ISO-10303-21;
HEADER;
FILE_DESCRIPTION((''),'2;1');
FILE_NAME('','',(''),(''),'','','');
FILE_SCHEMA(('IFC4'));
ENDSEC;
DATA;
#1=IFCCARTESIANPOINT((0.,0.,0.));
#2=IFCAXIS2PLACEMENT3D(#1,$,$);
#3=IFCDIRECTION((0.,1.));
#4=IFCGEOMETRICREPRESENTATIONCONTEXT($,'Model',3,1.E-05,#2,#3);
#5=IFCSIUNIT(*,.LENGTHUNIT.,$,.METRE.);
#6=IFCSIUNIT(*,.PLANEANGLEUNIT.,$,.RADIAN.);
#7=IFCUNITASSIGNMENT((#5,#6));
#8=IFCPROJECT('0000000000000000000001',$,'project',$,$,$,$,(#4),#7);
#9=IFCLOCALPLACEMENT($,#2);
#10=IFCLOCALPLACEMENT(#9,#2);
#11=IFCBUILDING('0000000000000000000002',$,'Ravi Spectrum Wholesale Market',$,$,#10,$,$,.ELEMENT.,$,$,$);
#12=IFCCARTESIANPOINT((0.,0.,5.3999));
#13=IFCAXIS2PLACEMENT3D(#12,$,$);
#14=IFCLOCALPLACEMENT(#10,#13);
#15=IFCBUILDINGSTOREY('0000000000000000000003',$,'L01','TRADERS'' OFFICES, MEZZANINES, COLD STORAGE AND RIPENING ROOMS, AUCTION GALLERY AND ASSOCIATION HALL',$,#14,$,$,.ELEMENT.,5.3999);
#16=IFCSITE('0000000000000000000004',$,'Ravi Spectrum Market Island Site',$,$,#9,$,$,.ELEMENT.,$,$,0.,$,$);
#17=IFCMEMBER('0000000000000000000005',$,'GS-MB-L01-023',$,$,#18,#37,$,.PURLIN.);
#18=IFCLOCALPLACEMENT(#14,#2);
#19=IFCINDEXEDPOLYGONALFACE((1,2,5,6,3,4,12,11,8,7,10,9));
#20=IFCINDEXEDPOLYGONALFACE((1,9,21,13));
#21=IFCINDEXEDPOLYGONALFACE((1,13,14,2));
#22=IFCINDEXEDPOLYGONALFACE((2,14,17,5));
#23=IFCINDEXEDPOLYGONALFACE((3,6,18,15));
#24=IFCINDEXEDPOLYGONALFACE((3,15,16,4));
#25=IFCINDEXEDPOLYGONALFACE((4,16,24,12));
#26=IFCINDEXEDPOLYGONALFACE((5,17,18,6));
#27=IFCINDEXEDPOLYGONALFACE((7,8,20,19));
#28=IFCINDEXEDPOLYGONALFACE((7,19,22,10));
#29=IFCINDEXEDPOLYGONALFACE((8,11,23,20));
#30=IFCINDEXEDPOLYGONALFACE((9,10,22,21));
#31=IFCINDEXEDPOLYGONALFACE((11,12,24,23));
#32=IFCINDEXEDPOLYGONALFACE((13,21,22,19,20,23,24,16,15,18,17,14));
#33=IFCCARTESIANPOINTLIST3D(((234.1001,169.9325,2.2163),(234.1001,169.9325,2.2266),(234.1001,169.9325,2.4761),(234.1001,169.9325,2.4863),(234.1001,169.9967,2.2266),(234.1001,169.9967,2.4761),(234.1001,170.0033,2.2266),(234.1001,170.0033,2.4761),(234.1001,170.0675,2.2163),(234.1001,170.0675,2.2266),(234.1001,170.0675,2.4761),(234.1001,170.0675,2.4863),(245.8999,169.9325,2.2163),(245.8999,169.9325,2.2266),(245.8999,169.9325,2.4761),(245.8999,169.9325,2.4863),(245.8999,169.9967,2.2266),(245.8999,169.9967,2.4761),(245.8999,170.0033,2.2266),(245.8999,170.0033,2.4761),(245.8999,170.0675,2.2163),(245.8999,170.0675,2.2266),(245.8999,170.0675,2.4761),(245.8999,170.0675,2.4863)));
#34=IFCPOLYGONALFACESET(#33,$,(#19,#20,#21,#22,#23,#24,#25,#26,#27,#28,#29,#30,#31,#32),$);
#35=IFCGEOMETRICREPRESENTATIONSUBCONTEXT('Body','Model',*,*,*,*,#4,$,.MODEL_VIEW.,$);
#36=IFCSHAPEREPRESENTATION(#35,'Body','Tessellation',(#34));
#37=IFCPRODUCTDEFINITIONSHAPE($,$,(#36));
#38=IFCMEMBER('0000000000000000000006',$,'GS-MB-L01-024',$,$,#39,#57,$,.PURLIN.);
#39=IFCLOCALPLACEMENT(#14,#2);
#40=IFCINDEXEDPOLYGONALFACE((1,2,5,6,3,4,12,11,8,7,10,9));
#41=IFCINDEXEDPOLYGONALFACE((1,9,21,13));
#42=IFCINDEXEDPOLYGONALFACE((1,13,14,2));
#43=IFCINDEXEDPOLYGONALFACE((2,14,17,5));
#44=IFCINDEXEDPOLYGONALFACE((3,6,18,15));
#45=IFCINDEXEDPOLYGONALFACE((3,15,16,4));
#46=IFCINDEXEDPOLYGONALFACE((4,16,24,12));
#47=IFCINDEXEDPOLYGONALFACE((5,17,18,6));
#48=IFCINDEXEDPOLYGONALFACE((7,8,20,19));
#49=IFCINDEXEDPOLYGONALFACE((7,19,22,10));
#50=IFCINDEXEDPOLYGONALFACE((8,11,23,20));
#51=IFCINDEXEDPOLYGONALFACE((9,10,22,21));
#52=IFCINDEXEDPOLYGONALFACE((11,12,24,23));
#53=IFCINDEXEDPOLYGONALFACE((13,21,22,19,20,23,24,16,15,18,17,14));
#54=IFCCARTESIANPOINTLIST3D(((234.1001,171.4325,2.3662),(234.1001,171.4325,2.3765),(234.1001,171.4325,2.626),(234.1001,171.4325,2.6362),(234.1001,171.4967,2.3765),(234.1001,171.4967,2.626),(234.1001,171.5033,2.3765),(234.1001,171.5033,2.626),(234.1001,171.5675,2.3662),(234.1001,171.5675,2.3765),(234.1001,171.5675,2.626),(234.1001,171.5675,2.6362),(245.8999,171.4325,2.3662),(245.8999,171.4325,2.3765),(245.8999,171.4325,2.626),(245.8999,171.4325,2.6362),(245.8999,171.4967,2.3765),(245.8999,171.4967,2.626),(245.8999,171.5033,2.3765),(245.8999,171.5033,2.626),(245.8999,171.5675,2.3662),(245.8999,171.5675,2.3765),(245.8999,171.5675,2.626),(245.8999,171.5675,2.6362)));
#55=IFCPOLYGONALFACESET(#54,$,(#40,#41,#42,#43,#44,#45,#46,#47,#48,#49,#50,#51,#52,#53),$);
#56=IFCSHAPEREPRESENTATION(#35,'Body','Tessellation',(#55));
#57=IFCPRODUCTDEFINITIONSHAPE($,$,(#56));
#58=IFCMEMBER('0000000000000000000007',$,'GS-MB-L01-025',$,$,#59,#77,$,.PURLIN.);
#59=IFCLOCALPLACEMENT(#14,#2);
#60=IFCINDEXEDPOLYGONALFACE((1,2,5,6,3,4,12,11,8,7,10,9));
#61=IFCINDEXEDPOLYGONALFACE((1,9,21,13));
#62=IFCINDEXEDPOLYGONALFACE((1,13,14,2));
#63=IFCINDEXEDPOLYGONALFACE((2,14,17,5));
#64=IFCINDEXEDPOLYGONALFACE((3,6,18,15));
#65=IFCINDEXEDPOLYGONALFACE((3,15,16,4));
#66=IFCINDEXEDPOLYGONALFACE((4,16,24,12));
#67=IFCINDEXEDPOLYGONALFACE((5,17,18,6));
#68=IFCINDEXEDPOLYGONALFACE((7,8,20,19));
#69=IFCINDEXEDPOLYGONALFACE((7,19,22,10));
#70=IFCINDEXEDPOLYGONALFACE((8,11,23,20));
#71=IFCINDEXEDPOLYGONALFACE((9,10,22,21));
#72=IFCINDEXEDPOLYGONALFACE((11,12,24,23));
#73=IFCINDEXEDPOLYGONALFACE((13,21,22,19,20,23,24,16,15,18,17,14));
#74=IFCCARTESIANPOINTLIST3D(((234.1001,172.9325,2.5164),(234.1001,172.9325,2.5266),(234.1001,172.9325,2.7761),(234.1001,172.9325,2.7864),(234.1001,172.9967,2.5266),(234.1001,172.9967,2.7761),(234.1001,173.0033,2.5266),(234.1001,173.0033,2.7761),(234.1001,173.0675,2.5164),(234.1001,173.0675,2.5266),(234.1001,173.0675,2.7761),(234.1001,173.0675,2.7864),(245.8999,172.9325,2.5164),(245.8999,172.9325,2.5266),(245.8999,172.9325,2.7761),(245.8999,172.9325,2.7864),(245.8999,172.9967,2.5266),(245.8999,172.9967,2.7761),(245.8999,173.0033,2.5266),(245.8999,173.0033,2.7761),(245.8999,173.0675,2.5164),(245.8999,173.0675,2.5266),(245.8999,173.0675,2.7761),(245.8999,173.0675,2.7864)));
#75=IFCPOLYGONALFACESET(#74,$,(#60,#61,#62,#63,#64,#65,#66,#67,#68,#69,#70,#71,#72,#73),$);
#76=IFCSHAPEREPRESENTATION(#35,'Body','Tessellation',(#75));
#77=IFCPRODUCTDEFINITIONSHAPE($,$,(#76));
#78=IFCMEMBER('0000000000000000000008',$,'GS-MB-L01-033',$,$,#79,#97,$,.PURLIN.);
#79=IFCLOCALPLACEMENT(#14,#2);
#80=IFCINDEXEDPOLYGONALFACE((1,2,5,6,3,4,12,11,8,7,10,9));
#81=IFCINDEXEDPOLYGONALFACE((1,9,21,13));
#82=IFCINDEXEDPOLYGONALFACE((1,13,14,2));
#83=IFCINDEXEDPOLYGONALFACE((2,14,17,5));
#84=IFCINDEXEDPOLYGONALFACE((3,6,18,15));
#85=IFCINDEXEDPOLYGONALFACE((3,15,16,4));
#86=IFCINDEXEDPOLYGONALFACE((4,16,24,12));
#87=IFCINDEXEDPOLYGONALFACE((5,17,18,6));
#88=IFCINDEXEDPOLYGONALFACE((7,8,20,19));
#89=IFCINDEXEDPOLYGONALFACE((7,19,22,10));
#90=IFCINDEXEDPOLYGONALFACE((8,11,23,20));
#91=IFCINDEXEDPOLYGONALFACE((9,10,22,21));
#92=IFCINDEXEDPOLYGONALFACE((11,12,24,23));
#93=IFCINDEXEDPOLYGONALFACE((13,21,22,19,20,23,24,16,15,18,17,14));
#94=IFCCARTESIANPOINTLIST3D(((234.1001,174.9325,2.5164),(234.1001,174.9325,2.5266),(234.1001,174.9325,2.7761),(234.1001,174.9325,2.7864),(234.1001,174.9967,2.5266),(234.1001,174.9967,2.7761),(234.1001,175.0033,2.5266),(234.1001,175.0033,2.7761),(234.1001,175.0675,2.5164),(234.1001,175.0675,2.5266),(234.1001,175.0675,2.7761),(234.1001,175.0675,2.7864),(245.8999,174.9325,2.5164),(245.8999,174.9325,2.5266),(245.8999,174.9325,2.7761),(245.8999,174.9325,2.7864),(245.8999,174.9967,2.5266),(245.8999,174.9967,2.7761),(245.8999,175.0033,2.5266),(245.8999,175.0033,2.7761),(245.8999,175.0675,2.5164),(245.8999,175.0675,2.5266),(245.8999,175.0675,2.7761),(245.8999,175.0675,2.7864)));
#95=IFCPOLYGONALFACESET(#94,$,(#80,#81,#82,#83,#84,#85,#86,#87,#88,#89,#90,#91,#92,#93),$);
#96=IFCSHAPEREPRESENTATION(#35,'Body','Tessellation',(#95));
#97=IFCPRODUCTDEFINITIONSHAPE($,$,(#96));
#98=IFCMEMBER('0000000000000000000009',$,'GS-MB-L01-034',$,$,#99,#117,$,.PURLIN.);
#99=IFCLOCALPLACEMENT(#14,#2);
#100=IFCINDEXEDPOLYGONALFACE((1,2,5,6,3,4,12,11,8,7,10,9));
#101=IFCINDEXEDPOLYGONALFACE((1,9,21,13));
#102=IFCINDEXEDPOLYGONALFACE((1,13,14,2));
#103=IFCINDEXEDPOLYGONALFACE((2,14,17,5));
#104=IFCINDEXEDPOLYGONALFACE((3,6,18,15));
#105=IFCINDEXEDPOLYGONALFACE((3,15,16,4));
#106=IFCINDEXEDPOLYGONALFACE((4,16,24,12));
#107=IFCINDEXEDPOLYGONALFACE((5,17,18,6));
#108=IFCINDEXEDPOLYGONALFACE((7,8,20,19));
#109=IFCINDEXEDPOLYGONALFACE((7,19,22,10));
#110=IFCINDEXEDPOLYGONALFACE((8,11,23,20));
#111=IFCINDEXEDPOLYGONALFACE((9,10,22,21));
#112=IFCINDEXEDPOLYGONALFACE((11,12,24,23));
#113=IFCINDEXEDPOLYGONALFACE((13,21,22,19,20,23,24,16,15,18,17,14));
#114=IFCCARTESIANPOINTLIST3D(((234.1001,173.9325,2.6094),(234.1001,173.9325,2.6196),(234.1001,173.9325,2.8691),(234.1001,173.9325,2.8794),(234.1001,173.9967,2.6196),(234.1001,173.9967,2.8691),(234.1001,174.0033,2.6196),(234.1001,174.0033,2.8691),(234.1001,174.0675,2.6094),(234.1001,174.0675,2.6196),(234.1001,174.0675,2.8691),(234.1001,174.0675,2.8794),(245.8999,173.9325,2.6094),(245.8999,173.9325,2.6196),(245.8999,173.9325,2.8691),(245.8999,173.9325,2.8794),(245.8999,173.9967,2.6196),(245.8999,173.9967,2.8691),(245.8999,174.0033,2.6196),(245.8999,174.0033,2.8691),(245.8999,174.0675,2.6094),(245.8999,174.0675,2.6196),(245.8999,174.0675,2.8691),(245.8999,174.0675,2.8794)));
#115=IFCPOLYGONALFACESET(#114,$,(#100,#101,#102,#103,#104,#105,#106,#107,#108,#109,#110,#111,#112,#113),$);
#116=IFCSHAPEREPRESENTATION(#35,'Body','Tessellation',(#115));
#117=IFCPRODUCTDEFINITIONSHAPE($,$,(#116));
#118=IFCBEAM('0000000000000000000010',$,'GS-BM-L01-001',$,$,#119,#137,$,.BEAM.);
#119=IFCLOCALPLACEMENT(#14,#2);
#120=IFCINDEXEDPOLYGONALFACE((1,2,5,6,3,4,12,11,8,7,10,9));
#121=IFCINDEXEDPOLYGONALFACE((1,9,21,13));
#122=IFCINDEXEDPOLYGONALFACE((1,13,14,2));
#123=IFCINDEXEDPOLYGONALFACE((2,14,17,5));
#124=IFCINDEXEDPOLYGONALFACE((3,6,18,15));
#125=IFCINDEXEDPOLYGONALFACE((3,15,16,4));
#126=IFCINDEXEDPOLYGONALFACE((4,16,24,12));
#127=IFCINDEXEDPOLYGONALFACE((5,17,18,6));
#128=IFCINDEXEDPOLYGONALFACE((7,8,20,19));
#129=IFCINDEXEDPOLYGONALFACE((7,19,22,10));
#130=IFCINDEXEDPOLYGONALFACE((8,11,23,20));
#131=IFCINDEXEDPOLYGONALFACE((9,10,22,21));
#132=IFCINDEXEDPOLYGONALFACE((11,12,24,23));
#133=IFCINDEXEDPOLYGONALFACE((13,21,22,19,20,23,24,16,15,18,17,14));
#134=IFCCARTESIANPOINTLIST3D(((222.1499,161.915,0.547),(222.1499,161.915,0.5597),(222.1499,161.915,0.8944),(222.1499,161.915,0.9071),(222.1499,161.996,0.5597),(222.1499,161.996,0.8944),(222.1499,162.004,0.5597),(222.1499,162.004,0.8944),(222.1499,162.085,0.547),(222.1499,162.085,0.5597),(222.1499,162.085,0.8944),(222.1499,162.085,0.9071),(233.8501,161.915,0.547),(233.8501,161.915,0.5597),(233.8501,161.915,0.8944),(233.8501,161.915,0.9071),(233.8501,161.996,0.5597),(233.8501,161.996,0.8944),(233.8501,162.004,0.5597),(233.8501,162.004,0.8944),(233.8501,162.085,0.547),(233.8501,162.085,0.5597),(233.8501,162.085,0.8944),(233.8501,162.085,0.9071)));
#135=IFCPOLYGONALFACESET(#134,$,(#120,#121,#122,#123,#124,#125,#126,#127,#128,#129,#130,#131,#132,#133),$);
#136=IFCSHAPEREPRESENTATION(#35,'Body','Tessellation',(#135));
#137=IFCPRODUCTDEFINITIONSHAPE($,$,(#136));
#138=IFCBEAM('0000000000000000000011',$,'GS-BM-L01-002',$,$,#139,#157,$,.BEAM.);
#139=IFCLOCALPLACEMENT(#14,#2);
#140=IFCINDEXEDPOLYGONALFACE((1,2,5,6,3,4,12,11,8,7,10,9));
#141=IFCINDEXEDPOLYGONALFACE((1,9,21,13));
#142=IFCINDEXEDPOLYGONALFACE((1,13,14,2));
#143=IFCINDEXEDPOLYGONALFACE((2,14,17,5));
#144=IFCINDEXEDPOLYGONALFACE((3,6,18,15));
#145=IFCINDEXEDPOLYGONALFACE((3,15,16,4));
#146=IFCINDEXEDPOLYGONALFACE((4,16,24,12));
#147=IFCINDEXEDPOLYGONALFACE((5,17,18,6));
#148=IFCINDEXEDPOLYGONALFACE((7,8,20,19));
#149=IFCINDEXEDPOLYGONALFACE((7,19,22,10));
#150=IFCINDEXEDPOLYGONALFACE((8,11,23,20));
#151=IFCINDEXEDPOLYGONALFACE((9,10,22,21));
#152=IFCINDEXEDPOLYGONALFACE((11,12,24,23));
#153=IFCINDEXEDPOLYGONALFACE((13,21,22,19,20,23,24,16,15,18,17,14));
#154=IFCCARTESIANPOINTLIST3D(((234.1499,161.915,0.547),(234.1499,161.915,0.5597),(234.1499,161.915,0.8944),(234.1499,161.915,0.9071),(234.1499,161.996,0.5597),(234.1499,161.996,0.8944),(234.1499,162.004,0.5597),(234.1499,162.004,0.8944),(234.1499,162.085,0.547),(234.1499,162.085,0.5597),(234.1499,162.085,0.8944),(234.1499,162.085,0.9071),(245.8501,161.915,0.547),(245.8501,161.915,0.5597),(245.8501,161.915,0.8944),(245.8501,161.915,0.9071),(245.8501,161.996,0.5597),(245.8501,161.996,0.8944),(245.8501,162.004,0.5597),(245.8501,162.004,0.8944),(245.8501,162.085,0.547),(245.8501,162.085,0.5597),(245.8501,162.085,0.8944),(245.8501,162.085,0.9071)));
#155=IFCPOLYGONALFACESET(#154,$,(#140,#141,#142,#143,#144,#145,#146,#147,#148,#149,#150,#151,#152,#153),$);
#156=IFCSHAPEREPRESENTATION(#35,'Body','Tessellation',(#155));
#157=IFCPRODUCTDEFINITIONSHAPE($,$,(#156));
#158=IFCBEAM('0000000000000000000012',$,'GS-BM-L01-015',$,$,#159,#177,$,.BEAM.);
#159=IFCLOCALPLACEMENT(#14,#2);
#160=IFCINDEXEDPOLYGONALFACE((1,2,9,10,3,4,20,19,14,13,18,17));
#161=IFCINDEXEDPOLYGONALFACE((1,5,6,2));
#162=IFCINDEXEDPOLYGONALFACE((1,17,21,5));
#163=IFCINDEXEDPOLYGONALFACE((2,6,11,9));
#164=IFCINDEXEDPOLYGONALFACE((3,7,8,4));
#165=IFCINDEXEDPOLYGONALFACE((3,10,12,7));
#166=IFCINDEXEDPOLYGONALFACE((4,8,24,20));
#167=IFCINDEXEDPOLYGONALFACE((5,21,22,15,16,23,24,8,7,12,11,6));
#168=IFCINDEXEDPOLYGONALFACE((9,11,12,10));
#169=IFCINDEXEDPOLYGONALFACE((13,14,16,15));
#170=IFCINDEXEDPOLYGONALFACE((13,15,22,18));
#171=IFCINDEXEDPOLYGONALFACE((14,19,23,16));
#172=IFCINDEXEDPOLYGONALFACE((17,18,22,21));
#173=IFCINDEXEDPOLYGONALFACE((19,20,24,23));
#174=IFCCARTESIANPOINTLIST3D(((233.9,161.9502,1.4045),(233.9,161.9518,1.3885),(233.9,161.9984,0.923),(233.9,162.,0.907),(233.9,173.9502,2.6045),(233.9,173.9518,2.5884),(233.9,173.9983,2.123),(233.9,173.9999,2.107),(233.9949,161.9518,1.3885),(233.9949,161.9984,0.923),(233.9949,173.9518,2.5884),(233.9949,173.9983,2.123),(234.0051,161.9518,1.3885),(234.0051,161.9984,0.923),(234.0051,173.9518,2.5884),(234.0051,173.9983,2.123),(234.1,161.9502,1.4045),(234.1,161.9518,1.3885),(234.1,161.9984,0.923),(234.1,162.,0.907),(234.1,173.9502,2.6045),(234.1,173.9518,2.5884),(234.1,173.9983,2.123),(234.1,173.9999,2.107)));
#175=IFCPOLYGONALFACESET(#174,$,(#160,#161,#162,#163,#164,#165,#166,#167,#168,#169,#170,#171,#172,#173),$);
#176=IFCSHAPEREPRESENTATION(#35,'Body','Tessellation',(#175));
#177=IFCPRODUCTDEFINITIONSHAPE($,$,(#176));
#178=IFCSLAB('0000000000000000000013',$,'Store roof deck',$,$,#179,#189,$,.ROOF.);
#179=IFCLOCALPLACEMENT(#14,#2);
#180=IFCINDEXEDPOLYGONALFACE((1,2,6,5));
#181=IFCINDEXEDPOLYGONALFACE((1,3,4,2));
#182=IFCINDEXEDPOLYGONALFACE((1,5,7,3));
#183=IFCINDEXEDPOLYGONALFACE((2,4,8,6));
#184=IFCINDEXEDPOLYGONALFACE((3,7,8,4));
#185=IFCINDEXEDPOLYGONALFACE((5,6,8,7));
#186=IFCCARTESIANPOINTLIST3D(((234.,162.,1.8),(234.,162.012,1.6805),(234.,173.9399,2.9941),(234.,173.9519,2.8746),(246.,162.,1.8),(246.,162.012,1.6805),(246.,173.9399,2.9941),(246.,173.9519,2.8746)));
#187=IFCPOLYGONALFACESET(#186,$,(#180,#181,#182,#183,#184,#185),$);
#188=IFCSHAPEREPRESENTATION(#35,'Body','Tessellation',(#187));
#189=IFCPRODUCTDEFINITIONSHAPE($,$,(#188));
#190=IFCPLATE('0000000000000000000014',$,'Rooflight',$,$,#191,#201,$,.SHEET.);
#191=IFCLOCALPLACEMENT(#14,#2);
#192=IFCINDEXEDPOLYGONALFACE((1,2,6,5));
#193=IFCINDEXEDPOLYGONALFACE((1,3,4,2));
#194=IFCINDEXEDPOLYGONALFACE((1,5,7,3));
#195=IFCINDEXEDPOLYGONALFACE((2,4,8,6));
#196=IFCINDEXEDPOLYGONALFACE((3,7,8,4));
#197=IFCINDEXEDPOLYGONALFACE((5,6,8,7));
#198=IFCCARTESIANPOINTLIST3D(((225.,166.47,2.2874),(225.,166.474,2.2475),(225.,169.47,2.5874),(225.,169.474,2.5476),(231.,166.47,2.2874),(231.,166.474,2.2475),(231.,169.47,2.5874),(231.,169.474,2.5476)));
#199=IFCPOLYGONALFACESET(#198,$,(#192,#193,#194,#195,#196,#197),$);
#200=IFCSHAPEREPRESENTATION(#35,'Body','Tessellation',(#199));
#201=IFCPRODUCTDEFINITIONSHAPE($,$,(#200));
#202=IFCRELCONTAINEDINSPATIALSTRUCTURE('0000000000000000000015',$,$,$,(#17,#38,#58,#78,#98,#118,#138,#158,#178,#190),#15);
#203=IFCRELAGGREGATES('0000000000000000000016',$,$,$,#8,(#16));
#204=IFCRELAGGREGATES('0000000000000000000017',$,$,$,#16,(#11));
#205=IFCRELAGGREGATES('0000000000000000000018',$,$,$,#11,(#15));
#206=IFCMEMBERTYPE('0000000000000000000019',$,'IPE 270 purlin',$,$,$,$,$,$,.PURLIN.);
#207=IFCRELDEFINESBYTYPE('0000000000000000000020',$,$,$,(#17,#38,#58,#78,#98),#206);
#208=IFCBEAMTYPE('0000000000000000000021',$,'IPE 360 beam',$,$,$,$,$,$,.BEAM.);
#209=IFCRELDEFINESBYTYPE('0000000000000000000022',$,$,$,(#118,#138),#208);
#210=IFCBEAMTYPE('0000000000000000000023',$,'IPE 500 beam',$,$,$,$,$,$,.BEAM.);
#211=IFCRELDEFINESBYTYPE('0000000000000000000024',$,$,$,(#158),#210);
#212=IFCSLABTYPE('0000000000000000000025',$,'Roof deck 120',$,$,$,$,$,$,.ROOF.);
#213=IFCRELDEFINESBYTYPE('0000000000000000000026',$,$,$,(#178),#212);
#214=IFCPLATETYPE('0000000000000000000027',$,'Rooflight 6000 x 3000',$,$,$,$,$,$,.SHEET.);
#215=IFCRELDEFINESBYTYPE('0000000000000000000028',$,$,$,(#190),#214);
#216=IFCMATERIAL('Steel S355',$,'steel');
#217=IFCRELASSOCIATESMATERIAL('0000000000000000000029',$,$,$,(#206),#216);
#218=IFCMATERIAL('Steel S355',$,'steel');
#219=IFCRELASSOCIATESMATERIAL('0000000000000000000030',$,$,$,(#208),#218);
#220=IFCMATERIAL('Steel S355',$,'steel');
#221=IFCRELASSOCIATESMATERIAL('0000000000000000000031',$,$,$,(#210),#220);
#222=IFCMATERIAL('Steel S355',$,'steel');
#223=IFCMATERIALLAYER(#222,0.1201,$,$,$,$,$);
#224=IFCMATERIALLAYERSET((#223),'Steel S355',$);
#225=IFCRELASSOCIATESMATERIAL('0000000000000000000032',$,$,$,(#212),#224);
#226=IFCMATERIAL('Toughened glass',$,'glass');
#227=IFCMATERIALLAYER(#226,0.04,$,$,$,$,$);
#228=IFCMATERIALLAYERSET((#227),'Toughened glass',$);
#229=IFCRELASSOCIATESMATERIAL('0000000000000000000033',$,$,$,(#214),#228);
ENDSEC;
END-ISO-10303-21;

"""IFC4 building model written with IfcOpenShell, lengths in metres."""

from ifc_helpers import new_model, si_unit, direction, frame, origin, origin_2d, place, context, subcontext, project, spatial, polyline, i_section, outline, extrude, material, layer, layer_set, material_profile, profile_set, type_object, element, save


model = new_model("IFC4")

# Units and contexts
model_context = context("Model", 3, precision=1e-05, world=origin(), true_north=direction((0.0, 1.0)))
body_context = subcontext(model_context, "Body", "Model", "MODEL_VIEW")
ifc_project = project(units=[si_unit("LENGTHUNIT", "METRE"), si_unit("PLANEANGLEUNIT", "RADIAN")], contexts=[model_context])

# Site, building, storey
site_placement = place(None, origin())
site = spatial("IfcSite", under=ifc_project, at=site_placement, Name="Ravi Spectrum Market Island Site", CompositionType="ELEMENT", RefElevation=0.0)
building_placement = place(site_placement, origin())
building = spatial("IfcBuilding", under=site, at=building_placement, Name="Ravi Spectrum Wholesale Market", CompositionType="ELEMENT")
storey_placement = place(building_placement, frame((0.0, 0.0, 5.3999)))
storey = spatial("IfcBuildingStorey", under=building, at=storey_placement, Name="L01", Description="TRADERS' OFFICES, MEZZANINES, COLD STORAGE AND RIPENING ROOMS, AUCTION GALLERY AND ASSOCIATION HALL", CompositionType="ELEMENT", Elevation=5.3999)

# Members
ifc_material_1 = material(Name="Steel S355", Category="steel")
ifc_material_profile_1 = material_profile(ifc_material_1, i_section(OverallWidth=0.135, OverallDepth=0.27, WebThickness=0.0066, FlangeThickness=0.0103, at=origin_2d()))
ifc_profile_set_1 = profile_set([ifc_material_profile_1], Name="Steel S355")
member_type = type_object("IfcMemberType", Name="IPE 270 purlin", PredefinedType="PURLIN", material=ifc_profile_set_1)
for number, where, z_axis, x_axis, name in (
    (1, (234.1001, 170.0, 2.3513), (1.0, 0.0, 0.0), (0.0, 1.0, 0.0), "GS-MB-L01-023"),
    (2, (234.1001, 171.5, 2.5012), (1.0, 0.0, 0.0), (0.0, 1.0, 0.0), "GS-MB-L01-024"),
    (3, (234.1001, 173.0, 2.6514), (1.0, 0.0, 0.0), (0.0, 1.0, 0.0), "GS-MB-L01-025"),
    (4, (234.1001, 175.0, 2.6514), (1.0, 0.0, 0.0), (0.0, 1.0, 0.0), "GS-MB-L01-033"),
    (5, (234.1001, 174.0, 2.7444), (1.0, 0.0, 0.0), (0.0, 1.0, 0.0), "GS-MB-L01-034"),
):
    element("IfcMember", number, at=place(storey_placement, frame(where, z_axis=z_axis, x_axis=x_axis)), inside=storey, type_object=member_type, Name=name, PredefinedType="PURLIN", context=body_context, shape_type="SweptSolid", body=[
        extrude(i_section(OverallWidth=0.135, OverallDepth=0.27, WebThickness=0.0066, FlangeThickness=0.0103, at=origin_2d()), origin(), (0.0, 0.0, 1.0), 11.7998),
    ])

# Beams
ifc_material_2 = material(Name="Steel S355", Category="steel")
ifc_material_profile_2 = material_profile(ifc_material_2, i_section(OverallWidth=0.1699, OverallDepth=0.3601, WebThickness=0.0081, FlangeThickness=0.0127, at=origin_2d()))
ifc_profile_set_2 = profile_set([ifc_material_profile_2], Name="Steel S355")
beam_type_1 = type_object("IfcBeamType", Name="IPE 360 beam", PredefinedType="BEAM", material=ifc_profile_set_2)
for number, where, z_axis, x_axis, name in (
    (6, (222.1499, 162.0, 0.7271), (1.0, 0.0, 0.0), (0.0, 1.0, 0.0), "GS-BM-L01-001"),
    (7, (234.1499, 162.0, 0.7271), (1.0, 0.0, 0.0), (0.0, 1.0, 0.0), "GS-BM-L01-002"),
):
    element("IfcBeam", number, at=place(storey_placement, frame(where, z_axis=z_axis, x_axis=x_axis)), inside=storey, type_object=beam_type_1, Name=name, PredefinedType="BEAM", context=body_context, shape_type="SweptSolid", body=[
        extrude(i_section(OverallWidth=0.1699, OverallDepth=0.3601, WebThickness=0.0081, FlangeThickness=0.0127, at=origin_2d()), origin(), (0.0, 0.0, 1.0), 11.7002),
    ])
ifc_material_3 = material(Name="Steel S355", Category="steel")
ifc_material_profile_3 = material_profile(ifc_material_3, i_section(OverallWidth=0.2, OverallDepth=0.5, WebThickness=0.0103, FlangeThickness=0.0161, at=origin_2d()))
ifc_profile_set_3 = profile_set([ifc_material_profile_3], Name="Steel S355")
beam_type_2 = type_object("IfcBeamType", Name="IPE 500 beam", PredefinedType="BEAM", material=ifc_profile_set_3)
beam_placement = place(storey_placement, frame((234.0, 161.9751, 1.1558), z_axis=(0.0, 0.995038, 0.0995), x_axis=(-1.0, 0.0, 0.0)))
element("IfcBeam", 8, at=beam_placement, inside=storey, type_object=beam_type_2, Name="GS-BM-L01-015", PredefinedType="BEAM", context=body_context, shape_type="SweptSolid", body=[
    extrude(i_section(OverallWidth=0.2, OverallDepth=0.5, WebThickness=0.0103, FlangeThickness=0.0161, at=origin_2d()), origin(), (0.0, 0.0, 1.0), 12.0598),
])

# Slab
ifc_material_4 = material(Name="Steel S355", Category="steel")
ifc_layer_1 = layer(ifc_material_4, 0.1201)
ifc_layer_set_1 = layer_set([ifc_layer_1], Name="Steel S355")
slab_type = type_object("IfcSlabType", Name="Roof deck 120", PredefinedType="ROOF", material=ifc_layer_set_1)
slab_placement = place(storey_placement, frame((234.0, 162.0, 1.8), z_axis=(0.0, -0.099512, 0.995036), x_axis=(1.0, 0.0, 0.0)))
element("IfcSlab", 9, at=slab_placement, inside=storey, type_object=slab_type, Name="Store roof deck", PredefinedType="ROOF", context=body_context, shape_type="SweptSolid", body=[
    extrude(outline(polyline([(0.0, 0.0), (12.0, 0.0), (12.0, 11.9995), (0.0, 11.9995), (0.0, 0.0)])), origin(), (0.0, 0.0, -1.0), 0.1201),
])

# Plate
ifc_material_5 = material(Name="Toughened glass", Category="glass")
ifc_layer_2 = layer(ifc_material_5, 0.04)
ifc_layer_set_2 = layer_set([ifc_layer_2], Name="Toughened glass")
plate_type = type_object("IfcPlateType", Name="Rooflight 6000 x 3000", PredefinedType="SHEET", material=ifc_layer_set_2)
for number, where, z_axis, x_axis, name in (
    (10, (225.0, 166.47, 2.2874), (0.0, -0.09952, 0.995036), (1.0, 0.0, 0.0), "Rooflight"),
):
    element("IfcPlate", number, at=place(storey_placement, frame(where, z_axis=z_axis, x_axis=x_axis)), inside=storey, type_object=plate_type, Name=name, PredefinedType="SHEET", context=body_context, shape_type="SweptSolid", body=[
        extrude(outline(polyline([(0.0, 0.0), (6.0, 0.0), (6.0, 3.015), (0.0, 3.015), (0.0, 0.0)])), origin(), (0.0, 0.0, -1.0), 0.04),
    ])

save(model, "model.ifc")
